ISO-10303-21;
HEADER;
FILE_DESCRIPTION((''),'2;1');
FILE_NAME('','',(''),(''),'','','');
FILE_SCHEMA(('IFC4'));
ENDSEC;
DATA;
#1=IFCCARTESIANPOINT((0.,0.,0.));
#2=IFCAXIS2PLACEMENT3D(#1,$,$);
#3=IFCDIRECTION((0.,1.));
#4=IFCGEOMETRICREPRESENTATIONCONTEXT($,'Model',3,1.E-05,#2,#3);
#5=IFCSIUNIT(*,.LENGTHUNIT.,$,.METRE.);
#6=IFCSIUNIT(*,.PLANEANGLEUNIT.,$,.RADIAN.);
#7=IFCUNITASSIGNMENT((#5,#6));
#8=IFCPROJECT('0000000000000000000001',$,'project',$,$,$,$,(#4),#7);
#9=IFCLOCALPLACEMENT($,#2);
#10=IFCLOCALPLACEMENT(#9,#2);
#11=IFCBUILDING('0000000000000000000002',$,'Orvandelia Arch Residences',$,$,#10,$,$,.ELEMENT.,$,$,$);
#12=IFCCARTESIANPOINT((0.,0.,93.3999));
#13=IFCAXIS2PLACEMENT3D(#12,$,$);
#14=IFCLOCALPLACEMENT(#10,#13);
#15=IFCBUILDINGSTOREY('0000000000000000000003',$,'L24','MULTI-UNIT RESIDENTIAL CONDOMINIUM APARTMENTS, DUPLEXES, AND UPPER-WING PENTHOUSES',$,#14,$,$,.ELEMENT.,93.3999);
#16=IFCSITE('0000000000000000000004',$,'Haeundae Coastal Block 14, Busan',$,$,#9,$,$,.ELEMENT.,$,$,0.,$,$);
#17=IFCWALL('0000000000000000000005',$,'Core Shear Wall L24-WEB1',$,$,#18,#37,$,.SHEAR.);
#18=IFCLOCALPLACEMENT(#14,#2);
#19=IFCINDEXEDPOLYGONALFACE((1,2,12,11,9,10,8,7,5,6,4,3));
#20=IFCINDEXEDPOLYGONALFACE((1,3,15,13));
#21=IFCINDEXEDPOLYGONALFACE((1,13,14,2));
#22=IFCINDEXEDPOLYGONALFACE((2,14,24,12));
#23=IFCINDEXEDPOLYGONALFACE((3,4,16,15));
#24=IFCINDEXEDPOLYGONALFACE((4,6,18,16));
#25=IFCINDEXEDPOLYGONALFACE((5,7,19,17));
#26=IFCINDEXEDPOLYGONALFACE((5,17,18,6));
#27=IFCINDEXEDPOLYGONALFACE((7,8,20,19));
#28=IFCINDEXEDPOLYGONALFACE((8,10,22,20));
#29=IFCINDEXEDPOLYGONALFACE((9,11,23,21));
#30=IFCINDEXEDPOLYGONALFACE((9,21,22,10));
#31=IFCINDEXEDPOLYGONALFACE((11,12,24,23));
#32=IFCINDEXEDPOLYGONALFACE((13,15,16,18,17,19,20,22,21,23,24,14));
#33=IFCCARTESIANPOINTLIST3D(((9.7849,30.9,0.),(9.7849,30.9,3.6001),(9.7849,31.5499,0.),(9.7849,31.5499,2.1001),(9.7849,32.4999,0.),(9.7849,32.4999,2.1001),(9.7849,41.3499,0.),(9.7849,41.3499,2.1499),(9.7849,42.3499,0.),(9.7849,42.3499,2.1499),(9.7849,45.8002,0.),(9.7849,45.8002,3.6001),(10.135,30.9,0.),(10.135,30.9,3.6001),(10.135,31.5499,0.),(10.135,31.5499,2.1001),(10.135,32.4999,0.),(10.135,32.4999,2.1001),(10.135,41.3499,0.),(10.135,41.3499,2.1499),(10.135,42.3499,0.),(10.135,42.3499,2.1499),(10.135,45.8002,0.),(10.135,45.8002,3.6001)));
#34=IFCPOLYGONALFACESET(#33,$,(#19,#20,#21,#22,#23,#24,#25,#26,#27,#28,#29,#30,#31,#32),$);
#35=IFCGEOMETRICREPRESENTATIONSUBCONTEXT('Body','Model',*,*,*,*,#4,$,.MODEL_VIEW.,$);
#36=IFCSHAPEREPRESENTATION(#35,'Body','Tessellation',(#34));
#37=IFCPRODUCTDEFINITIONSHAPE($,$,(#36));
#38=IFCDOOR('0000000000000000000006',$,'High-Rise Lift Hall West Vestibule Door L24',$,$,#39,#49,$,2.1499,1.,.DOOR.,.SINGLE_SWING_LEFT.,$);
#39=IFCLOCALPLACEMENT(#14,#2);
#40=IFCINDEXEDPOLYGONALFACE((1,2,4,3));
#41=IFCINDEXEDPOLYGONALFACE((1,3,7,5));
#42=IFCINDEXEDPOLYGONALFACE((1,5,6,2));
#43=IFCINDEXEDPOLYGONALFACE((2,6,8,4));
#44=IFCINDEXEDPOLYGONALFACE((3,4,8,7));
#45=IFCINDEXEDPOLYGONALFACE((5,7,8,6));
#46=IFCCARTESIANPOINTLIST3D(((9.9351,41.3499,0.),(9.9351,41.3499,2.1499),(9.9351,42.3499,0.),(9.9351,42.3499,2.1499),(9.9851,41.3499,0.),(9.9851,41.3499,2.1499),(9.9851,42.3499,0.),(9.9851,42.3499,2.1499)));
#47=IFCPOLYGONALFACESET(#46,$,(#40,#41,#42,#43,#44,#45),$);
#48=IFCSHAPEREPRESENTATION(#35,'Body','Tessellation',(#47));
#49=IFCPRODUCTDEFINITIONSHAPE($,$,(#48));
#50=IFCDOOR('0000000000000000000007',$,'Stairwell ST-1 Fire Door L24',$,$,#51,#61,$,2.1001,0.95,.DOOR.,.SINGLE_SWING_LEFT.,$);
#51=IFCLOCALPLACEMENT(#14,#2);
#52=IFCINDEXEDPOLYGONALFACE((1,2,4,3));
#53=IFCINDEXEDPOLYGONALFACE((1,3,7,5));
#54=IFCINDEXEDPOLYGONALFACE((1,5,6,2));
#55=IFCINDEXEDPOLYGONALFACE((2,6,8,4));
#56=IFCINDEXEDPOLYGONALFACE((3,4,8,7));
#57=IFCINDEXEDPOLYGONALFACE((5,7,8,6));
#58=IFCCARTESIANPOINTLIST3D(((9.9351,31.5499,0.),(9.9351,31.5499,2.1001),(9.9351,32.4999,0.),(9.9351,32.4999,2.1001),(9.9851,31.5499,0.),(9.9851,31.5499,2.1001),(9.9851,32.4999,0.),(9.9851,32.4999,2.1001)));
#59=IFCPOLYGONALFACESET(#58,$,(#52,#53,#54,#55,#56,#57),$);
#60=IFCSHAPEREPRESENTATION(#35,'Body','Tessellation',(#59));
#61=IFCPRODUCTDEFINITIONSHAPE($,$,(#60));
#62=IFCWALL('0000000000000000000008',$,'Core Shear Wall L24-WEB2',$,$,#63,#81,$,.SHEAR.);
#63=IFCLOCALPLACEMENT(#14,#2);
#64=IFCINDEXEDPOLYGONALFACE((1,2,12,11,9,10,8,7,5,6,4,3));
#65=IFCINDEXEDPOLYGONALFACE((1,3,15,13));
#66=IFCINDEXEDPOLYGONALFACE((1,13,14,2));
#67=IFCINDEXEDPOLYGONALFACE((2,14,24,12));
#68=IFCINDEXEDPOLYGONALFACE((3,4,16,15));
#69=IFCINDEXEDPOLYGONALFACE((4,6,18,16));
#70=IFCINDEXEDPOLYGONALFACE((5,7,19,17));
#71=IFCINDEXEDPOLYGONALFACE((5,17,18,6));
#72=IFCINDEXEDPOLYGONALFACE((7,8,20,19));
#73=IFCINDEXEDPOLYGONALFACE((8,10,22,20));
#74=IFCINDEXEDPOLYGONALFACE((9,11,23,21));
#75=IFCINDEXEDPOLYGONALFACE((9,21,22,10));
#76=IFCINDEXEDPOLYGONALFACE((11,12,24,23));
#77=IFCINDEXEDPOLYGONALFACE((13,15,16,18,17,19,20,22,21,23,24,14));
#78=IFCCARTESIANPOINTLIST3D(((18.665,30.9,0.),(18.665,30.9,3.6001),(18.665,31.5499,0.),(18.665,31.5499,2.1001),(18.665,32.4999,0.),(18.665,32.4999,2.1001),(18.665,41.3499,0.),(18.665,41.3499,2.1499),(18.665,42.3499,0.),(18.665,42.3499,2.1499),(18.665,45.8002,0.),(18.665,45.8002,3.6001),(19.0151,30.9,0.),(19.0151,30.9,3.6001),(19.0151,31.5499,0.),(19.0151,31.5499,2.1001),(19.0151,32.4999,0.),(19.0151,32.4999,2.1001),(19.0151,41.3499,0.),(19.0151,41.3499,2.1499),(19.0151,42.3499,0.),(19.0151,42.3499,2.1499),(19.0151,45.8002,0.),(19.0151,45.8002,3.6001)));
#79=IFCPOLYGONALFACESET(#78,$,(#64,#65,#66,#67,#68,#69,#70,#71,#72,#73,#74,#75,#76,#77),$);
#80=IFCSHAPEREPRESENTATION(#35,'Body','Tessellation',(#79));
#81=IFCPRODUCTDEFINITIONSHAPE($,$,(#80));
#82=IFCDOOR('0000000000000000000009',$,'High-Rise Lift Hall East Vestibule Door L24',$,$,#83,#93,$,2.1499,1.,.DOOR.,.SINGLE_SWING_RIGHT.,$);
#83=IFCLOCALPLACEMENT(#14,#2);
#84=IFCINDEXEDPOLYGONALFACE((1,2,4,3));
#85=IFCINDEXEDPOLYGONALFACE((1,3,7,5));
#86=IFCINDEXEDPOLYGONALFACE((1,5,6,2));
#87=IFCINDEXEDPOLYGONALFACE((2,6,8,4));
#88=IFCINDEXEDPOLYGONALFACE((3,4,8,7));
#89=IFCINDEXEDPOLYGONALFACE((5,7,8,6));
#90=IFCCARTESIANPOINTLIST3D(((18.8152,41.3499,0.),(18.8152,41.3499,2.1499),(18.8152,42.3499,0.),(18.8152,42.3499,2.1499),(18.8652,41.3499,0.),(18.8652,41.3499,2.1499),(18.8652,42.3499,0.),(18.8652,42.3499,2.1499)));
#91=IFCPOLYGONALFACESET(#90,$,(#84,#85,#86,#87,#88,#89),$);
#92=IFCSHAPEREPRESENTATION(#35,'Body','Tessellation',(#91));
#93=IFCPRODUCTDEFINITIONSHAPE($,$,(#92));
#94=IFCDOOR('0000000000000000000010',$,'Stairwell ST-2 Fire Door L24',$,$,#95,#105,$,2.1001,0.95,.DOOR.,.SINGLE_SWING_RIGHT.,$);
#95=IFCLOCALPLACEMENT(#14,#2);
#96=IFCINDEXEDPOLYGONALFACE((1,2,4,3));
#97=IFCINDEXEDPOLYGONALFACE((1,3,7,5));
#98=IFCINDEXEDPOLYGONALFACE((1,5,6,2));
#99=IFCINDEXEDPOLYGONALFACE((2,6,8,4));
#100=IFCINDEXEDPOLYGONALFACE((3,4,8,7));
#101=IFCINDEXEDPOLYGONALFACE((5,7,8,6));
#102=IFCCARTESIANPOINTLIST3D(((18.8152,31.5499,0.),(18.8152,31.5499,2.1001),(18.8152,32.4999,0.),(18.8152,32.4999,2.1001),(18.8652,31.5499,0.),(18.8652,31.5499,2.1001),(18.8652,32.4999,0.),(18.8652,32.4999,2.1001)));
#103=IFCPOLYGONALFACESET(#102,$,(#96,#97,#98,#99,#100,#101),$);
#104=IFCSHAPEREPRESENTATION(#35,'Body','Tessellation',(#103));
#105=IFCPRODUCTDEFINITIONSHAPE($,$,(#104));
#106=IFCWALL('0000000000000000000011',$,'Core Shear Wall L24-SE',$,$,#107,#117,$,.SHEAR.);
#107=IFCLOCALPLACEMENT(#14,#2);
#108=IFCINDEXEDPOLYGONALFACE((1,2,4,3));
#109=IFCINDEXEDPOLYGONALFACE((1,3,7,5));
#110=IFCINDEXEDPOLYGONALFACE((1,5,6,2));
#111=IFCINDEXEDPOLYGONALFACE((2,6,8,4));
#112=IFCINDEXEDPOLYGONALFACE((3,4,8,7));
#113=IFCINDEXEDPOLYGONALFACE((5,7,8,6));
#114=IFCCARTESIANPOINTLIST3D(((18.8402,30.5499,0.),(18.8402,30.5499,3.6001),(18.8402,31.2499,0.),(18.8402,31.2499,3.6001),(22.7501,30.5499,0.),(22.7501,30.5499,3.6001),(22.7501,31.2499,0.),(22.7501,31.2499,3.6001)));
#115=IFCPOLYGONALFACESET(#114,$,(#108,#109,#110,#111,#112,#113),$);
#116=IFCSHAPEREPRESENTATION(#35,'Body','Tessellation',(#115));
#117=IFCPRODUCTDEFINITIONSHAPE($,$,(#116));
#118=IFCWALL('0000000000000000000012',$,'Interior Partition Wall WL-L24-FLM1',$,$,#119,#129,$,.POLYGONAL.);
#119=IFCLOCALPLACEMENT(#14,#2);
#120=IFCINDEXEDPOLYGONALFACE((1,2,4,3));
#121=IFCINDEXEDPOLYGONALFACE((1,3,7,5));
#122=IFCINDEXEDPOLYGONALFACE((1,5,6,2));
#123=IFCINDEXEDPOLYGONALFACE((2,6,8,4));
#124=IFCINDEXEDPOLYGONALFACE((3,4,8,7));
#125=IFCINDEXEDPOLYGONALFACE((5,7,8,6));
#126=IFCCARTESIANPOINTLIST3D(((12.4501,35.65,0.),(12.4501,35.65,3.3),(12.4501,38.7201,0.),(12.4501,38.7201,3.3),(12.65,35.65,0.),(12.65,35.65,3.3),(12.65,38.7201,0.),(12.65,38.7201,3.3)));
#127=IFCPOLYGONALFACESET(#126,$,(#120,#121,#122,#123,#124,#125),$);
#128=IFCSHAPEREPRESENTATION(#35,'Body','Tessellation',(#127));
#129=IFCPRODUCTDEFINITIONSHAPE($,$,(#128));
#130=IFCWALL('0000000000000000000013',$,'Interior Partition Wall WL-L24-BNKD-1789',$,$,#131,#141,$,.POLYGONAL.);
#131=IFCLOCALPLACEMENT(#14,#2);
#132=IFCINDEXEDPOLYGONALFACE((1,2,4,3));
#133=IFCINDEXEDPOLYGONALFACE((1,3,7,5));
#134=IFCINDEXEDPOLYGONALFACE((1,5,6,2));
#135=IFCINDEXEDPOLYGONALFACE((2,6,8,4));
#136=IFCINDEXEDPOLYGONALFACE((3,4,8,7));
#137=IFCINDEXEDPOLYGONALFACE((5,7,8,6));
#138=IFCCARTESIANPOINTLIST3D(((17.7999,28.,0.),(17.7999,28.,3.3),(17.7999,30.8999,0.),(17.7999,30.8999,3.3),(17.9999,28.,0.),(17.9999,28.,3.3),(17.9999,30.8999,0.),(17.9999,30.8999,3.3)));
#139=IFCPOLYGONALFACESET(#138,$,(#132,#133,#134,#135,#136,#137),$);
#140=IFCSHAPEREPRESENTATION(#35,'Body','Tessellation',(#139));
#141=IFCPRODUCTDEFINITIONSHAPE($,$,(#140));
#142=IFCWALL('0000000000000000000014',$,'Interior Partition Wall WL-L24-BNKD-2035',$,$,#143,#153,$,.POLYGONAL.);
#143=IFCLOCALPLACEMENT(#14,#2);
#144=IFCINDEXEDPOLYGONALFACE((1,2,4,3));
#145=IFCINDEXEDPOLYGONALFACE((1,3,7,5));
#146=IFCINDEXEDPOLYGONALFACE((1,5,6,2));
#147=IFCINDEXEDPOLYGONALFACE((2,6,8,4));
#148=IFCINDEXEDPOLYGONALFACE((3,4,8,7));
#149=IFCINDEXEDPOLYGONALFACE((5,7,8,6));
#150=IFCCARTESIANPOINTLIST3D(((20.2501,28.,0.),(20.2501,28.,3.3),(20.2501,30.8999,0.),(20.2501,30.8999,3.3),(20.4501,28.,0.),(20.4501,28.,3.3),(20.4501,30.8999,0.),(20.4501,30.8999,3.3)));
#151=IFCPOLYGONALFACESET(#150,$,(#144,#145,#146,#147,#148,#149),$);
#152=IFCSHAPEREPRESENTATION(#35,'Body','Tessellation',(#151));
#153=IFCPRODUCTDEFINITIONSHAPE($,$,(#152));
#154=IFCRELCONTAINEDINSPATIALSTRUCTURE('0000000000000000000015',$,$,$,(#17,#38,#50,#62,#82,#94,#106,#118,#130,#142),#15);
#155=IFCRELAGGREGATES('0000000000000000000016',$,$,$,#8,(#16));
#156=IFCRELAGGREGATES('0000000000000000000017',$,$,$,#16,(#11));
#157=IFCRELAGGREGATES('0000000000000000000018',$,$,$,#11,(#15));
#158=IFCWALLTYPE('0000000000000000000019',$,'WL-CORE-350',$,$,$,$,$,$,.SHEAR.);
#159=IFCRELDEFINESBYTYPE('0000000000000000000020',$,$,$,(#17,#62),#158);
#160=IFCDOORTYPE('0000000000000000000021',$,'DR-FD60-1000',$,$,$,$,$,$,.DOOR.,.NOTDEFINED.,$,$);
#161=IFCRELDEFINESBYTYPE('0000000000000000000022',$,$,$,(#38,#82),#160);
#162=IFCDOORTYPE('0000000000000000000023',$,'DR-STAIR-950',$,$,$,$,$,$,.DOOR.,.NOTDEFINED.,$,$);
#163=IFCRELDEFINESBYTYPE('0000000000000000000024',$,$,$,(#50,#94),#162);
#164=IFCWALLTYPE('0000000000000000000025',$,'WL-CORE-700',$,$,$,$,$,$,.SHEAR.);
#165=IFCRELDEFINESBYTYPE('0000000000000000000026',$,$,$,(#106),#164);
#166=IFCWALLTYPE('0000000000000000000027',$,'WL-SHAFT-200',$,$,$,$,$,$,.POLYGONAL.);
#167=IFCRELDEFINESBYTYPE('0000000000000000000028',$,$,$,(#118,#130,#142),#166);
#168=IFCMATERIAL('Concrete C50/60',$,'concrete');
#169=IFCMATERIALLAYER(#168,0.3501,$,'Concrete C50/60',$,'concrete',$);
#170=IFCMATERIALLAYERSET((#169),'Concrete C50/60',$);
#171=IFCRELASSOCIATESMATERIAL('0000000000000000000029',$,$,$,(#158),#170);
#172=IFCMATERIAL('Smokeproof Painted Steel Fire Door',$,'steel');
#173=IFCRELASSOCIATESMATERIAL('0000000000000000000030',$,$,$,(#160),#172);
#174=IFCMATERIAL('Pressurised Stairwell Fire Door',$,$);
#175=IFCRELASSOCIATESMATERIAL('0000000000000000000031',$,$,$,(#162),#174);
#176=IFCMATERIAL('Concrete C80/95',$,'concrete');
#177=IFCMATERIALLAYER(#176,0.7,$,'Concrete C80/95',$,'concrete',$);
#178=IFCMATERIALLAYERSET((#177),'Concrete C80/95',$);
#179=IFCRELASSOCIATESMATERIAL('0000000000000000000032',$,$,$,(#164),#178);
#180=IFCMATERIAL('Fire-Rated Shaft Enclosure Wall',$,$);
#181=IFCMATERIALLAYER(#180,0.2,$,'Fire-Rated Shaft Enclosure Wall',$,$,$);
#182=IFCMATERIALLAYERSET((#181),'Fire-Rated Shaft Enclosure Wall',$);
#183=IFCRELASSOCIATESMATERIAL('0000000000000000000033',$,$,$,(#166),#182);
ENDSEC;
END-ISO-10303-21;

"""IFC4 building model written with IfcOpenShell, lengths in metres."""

from ifc_helpers import new_model, si_unit, direction, frame, frame_2d, origin, place, context, subcontext, project, spatial, rectangle, extrude, material, layer, layer_set, type_object, element, fill, save


model = new_model("IFC4")

# Units and contexts
model_context = context("Model", 3, precision=1e-05, world=origin(), true_north=direction((0.0, 1.0)))
body_context = subcontext(model_context, "Body", "Model", "MODEL_VIEW")
ifc_project = project(units=[si_unit("LENGTHUNIT", "METRE"), si_unit("PLANEANGLEUNIT", "RADIAN")], contexts=[model_context])

# Site, building, storey
site_placement = place(None, origin())
site = spatial("IfcSite", under=ifc_project, at=site_placement, Name="Haeundae Coastal Block 14, Busan", CompositionType="ELEMENT", RefElevation=0.0)
building_placement = place(site_placement, origin())
building = spatial("IfcBuilding", under=site, at=building_placement, Name="Orvandelia Arch Residences", CompositionType="ELEMENT")
storey_placement = place(building_placement, frame((0.0, 0.0, 93.3999)))
storey = spatial("IfcBuildingStorey", under=building, at=storey_placement, Name="L24", Description="MULTI-UNIT RESIDENTIAL CONDOMINIUM APARTMENTS, DUPLEXES, AND UPPER-WING PENTHOUSES", CompositionType="ELEMENT", Elevation=93.3999)

# Walls, openings, doors
ifc_material_1 = material(Name="Concrete C50/60", Category="concrete")
ifc_layer_1 = layer(ifc_material_1, 0.3501, Name="Concrete C50/60", Category="concrete")
ifc_layer_set_1 = layer_set([ifc_layer_1], Name="Concrete C50/60")
wall_type_1 = type_object("IfcWallType", Name="WL-CORE-350", PredefinedType="SHEAR", material=ifc_layer_set_1)
wall_1_placement = place(storey_placement, frame((9.96, 30.8999, 0.0), z_axis=(0.0, 0.0, 1.0), x_axis=(0.0, 1.0, 0.0)))
wall_1 = element("IfcWall", 1, at=wall_1_placement, inside=storey, type_object=wall_type_1, Name="Core Shear Wall L24-WEB1", PredefinedType="SHEAR", context=body_context, shape_type="SweptSolid", body=[
    extrude(rectangle(XDim=14.9001, YDim=0.3501, at=frame_2d((7.4502, 0.0))), origin(), (0.0, 0.0, 1.0), 3.6001),
])
opening_1_placement = place(wall_1_placement, frame((0.6499, 0.0, 0.0)))
opening_1 = element("IfcOpeningElement", 2, at=opening_1_placement, cuts=wall_1, PredefinedType="OPENING", context=body_context, shape_type="SweptSolid", body=[
    extrude(rectangle(XDim=0.95, YDim=2.1001, at=frame_2d((0.4751, 1.05))), frame((0.0, 0.1851, 0.0), z_axis=(0.0, -1.0, 0.0), x_axis=(1.0, 0.0, 0.0)), (0.0, 0.0, 1.0), 0.3701),
])
opening_2_placement = place(wall_1_placement, frame((10.45, 0.0, 0.0)))
opening_2 = element("IfcOpeningElement", 3, at=opening_2_placement, cuts=wall_1, PredefinedType="OPENING", context=body_context, shape_type="SweptSolid", body=[
    extrude(rectangle(XDim=1.0, YDim=2.1499, at=frame_2d((0.5, 1.075))), frame((0.0, 0.1851, 0.0), z_axis=(0.0, -1.0, 0.0), x_axis=(1.0, 0.0, 0.0)), (0.0, 0.0, 1.0), 0.3701),
])
ifc_material_2 = material(Name="Smokeproof Painted Steel Fire Door", Category="steel")
door_type_1 = type_object("IfcDoorType", Name="DR-FD60-1000", OperationType="NOTDEFINED", PredefinedType="DOOR", material=ifc_material_2)
door_1_placement = place(opening_2_placement, origin())
door_1 = element("IfcDoor", 4, at=door_1_placement, inside=storey, type_object=door_type_1, Name="High-Rise Lift Hall West Vestibule Door L24", OperationType="SINGLE_SWING_LEFT", OverallHeight=2.1499, OverallWidth=1.0, PredefinedType="DOOR", context=body_context, shape_type="SweptSolid", body=[
    extrude(rectangle(XDim=1.0, YDim=2.1499, at=frame_2d((0.5, 1.075))), frame((0.0, 0.0249, 0.0), z_axis=(0.0, -1.0, 0.0), x_axis=(1.0, 0.0, 0.0)), (0.0, 0.0, 1.0), 0.05),
])
fill(opening_2, door_1)
ifc_material_3 = material(Name="Pressurised Stairwell Fire Door")
door_type_2 = type_object("IfcDoorType", Name="DR-STAIR-950", OperationType="NOTDEFINED", PredefinedType="DOOR", material=ifc_material_3)
door_2_placement = place(opening_1_placement, origin())
door_2 = element("IfcDoor", 5, at=door_2_placement, inside=storey, type_object=door_type_2, Name="Stairwell ST-1 Fire Door L24", OperationType="SINGLE_SWING_LEFT", OverallHeight=2.1001, OverallWidth=0.95, PredefinedType="DOOR", context=body_context, shape_type="SweptSolid", body=[
    extrude(rectangle(XDim=0.95, YDim=2.1001, at=frame_2d((0.4751, 1.05))), frame((0.0, 0.0249, 0.0), z_axis=(0.0, -1.0, 0.0), x_axis=(1.0, 0.0, 0.0)), (0.0, 0.0, 1.0), 0.05),
])
fill(opening_1, door_2)
wall_2_placement = place(storey_placement, frame((18.8401, 30.8999, 0.0), z_axis=(0.0, 0.0, 1.0), x_axis=(0.0, 1.0, 0.0)))
wall_2 = element("IfcWall", 6, at=wall_2_placement, inside=storey, type_object=wall_type_1, Name="Core Shear Wall L24-WEB2", PredefinedType="SHEAR", context=body_context, shape_type="SweptSolid", body=[
    extrude(rectangle(XDim=14.9001, YDim=0.3501, at=frame_2d((7.4502, 0.0))), origin(), (0.0, 0.0, 1.0), 3.6001),
])
opening_3_placement = place(wall_2_placement, frame((0.6499, 0.0, 0.0)))
opening_3 = element("IfcOpeningElement", 7, at=opening_3_placement, cuts=wall_2, PredefinedType="OPENING", context=body_context, shape_type="SweptSolid", body=[
    extrude(rectangle(XDim=0.95, YDim=2.1001, at=frame_2d((0.4751, 1.05))), frame((0.0, 0.1851, 0.0), z_axis=(0.0, -1.0, 0.0), x_axis=(1.0, 0.0, 0.0)), (0.0, 0.0, 1.0), 0.3701),
])
opening_4_placement = place(wall_2_placement, frame((10.45, 0.0, 0.0)))
opening_4 = element("IfcOpeningElement", 8, at=opening_4_placement, cuts=wall_2, PredefinedType="OPENING", context=body_context, shape_type="SweptSolid", body=[
    extrude(rectangle(XDim=1.0, YDim=2.1499, at=frame_2d((0.5, 1.075))), frame((0.0, 0.1851, 0.0), z_axis=(0.0, -1.0, 0.0), x_axis=(1.0, 0.0, 0.0)), (0.0, 0.0, 1.0), 0.3701),
])
door_3_placement = place(opening_4_placement, origin())
door_3 = element("IfcDoor", 9, at=door_3_placement, inside=storey, type_object=door_type_1, Name="High-Rise Lift Hall East Vestibule Door L24", OperationType="SINGLE_SWING_RIGHT", OverallHeight=2.1499, OverallWidth=1.0, PredefinedType="DOOR", context=body_context, shape_type="SweptSolid", body=[
    extrude(rectangle(XDim=1.0, YDim=2.1499, at=frame_2d((0.5, 1.075))), frame((0.0, 0.0249, 0.0), z_axis=(0.0, -1.0, 0.0), x_axis=(1.0, 0.0, 0.0)), (0.0, 0.0, 1.0), 0.05),
])
fill(opening_4, door_3)
door_4_placement = place(opening_3_placement, origin())
door_4 = element("IfcDoor", 10, at=door_4_placement, inside=storey, type_object=door_type_2, Name="Stairwell ST-2 Fire Door L24", OperationType="SINGLE_SWING_RIGHT", OverallHeight=2.1001, OverallWidth=0.95, PredefinedType="DOOR", context=body_context, shape_type="SweptSolid", body=[
    extrude(rectangle(XDim=0.95, YDim=2.1001, at=frame_2d((0.4751, 1.05))), frame((0.0, 0.0249, 0.0), z_axis=(0.0, -1.0, 0.0), x_axis=(1.0, 0.0, 0.0)), (0.0, 0.0, 1.0), 0.05),
])
fill(opening_3, door_4)

# Shared definitions
ifc_material_4 = material(Name="Concrete C80/95", Category="concrete")
ifc_layer_2 = layer(ifc_material_4, 0.7, Name="Concrete C80/95", Category="concrete")
ifc_layer_set_2 = layer_set([ifc_layer_2], Name="Concrete C80/95")
wall_type_2 = type_object("IfcWallType", Name="WL-CORE-700", PredefinedType="SHEAR", material=ifc_layer_set_2)

# Walls
wall_3_placement = place(storey_placement, frame((18.8401, 30.8999, 0.0), z_axis=(0.0, 0.0, 1.0), x_axis=(1.0, 0.0, 0.0)))
element("IfcWall", 11, at=wall_3_placement, inside=storey, type_object=wall_type_2, Name="Core Shear Wall L24-SE", PredefinedType="SHEAR", context=body_context, shape_type="SweptSolid", body=[
    extrude(rectangle(XDim=3.9099, YDim=0.7, at=frame_2d((1.9551, 0.0))), origin(), (0.0, 0.0, 1.0), 3.6001),
])
ifc_material_5 = material(Name="Fire-Rated Shaft Enclosure Wall")
ifc_layer_3 = layer(ifc_material_5, 0.2, Name="Fire-Rated Shaft Enclosure Wall")
ifc_layer_set_3 = layer_set([ifc_layer_3], Name="Fire-Rated Shaft Enclosure Wall")
wall_type_3 = type_object("IfcWallType", Name="WL-SHAFT-200", PredefinedType="POLYGONAL", material=ifc_layer_set_3)
wall_4_placement = place(storey_placement, frame((12.55, 35.6499, 0.0), z_axis=(0.0, 0.0, 1.0), x_axis=(0.0, 1.0, 0.0)))
element("IfcWall", 12, at=wall_4_placement, inside=storey, type_object=wall_type_3, Name="Interior Partition Wall WL-L24-FLM1", PredefinedType="POLYGONAL", context=body_context, shape_type="SweptSolid", body=[
    extrude(rectangle(XDim=3.0701, YDim=0.2, at=frame_2d((1.5352, 0.0))), origin(), (0.0, 0.0, 1.0), 3.3),
])
for number, where, z_axis, x_axis, name in (
    (13, (17.8999, 28.0, 0.0), (0.0, 0.0, 1.0), (0.0, 1.0, 0.0), "Interior Partition Wall WL-L24-BNKD-1789"),
    (14, (20.3501, 28.0, 0.0), (0.0, 0.0, 1.0), (0.0, 1.0, 0.0), "Interior Partition Wall WL-L24-BNKD-2035"),
):
    element("IfcWall", number, at=place(storey_placement, frame(where, z_axis=z_axis, x_axis=x_axis)), inside=storey, type_object=wall_type_3, Name=name, PredefinedType="POLYGONAL", context=body_context, shape_type="SweptSolid", body=[
        extrude(rectangle(XDim=2.8999, YDim=0.2, at=frame_2d((1.45, 0.0))), origin(), (0.0, 0.0, 1.0), 3.3),
    ])

save(model, "model.ifc")
